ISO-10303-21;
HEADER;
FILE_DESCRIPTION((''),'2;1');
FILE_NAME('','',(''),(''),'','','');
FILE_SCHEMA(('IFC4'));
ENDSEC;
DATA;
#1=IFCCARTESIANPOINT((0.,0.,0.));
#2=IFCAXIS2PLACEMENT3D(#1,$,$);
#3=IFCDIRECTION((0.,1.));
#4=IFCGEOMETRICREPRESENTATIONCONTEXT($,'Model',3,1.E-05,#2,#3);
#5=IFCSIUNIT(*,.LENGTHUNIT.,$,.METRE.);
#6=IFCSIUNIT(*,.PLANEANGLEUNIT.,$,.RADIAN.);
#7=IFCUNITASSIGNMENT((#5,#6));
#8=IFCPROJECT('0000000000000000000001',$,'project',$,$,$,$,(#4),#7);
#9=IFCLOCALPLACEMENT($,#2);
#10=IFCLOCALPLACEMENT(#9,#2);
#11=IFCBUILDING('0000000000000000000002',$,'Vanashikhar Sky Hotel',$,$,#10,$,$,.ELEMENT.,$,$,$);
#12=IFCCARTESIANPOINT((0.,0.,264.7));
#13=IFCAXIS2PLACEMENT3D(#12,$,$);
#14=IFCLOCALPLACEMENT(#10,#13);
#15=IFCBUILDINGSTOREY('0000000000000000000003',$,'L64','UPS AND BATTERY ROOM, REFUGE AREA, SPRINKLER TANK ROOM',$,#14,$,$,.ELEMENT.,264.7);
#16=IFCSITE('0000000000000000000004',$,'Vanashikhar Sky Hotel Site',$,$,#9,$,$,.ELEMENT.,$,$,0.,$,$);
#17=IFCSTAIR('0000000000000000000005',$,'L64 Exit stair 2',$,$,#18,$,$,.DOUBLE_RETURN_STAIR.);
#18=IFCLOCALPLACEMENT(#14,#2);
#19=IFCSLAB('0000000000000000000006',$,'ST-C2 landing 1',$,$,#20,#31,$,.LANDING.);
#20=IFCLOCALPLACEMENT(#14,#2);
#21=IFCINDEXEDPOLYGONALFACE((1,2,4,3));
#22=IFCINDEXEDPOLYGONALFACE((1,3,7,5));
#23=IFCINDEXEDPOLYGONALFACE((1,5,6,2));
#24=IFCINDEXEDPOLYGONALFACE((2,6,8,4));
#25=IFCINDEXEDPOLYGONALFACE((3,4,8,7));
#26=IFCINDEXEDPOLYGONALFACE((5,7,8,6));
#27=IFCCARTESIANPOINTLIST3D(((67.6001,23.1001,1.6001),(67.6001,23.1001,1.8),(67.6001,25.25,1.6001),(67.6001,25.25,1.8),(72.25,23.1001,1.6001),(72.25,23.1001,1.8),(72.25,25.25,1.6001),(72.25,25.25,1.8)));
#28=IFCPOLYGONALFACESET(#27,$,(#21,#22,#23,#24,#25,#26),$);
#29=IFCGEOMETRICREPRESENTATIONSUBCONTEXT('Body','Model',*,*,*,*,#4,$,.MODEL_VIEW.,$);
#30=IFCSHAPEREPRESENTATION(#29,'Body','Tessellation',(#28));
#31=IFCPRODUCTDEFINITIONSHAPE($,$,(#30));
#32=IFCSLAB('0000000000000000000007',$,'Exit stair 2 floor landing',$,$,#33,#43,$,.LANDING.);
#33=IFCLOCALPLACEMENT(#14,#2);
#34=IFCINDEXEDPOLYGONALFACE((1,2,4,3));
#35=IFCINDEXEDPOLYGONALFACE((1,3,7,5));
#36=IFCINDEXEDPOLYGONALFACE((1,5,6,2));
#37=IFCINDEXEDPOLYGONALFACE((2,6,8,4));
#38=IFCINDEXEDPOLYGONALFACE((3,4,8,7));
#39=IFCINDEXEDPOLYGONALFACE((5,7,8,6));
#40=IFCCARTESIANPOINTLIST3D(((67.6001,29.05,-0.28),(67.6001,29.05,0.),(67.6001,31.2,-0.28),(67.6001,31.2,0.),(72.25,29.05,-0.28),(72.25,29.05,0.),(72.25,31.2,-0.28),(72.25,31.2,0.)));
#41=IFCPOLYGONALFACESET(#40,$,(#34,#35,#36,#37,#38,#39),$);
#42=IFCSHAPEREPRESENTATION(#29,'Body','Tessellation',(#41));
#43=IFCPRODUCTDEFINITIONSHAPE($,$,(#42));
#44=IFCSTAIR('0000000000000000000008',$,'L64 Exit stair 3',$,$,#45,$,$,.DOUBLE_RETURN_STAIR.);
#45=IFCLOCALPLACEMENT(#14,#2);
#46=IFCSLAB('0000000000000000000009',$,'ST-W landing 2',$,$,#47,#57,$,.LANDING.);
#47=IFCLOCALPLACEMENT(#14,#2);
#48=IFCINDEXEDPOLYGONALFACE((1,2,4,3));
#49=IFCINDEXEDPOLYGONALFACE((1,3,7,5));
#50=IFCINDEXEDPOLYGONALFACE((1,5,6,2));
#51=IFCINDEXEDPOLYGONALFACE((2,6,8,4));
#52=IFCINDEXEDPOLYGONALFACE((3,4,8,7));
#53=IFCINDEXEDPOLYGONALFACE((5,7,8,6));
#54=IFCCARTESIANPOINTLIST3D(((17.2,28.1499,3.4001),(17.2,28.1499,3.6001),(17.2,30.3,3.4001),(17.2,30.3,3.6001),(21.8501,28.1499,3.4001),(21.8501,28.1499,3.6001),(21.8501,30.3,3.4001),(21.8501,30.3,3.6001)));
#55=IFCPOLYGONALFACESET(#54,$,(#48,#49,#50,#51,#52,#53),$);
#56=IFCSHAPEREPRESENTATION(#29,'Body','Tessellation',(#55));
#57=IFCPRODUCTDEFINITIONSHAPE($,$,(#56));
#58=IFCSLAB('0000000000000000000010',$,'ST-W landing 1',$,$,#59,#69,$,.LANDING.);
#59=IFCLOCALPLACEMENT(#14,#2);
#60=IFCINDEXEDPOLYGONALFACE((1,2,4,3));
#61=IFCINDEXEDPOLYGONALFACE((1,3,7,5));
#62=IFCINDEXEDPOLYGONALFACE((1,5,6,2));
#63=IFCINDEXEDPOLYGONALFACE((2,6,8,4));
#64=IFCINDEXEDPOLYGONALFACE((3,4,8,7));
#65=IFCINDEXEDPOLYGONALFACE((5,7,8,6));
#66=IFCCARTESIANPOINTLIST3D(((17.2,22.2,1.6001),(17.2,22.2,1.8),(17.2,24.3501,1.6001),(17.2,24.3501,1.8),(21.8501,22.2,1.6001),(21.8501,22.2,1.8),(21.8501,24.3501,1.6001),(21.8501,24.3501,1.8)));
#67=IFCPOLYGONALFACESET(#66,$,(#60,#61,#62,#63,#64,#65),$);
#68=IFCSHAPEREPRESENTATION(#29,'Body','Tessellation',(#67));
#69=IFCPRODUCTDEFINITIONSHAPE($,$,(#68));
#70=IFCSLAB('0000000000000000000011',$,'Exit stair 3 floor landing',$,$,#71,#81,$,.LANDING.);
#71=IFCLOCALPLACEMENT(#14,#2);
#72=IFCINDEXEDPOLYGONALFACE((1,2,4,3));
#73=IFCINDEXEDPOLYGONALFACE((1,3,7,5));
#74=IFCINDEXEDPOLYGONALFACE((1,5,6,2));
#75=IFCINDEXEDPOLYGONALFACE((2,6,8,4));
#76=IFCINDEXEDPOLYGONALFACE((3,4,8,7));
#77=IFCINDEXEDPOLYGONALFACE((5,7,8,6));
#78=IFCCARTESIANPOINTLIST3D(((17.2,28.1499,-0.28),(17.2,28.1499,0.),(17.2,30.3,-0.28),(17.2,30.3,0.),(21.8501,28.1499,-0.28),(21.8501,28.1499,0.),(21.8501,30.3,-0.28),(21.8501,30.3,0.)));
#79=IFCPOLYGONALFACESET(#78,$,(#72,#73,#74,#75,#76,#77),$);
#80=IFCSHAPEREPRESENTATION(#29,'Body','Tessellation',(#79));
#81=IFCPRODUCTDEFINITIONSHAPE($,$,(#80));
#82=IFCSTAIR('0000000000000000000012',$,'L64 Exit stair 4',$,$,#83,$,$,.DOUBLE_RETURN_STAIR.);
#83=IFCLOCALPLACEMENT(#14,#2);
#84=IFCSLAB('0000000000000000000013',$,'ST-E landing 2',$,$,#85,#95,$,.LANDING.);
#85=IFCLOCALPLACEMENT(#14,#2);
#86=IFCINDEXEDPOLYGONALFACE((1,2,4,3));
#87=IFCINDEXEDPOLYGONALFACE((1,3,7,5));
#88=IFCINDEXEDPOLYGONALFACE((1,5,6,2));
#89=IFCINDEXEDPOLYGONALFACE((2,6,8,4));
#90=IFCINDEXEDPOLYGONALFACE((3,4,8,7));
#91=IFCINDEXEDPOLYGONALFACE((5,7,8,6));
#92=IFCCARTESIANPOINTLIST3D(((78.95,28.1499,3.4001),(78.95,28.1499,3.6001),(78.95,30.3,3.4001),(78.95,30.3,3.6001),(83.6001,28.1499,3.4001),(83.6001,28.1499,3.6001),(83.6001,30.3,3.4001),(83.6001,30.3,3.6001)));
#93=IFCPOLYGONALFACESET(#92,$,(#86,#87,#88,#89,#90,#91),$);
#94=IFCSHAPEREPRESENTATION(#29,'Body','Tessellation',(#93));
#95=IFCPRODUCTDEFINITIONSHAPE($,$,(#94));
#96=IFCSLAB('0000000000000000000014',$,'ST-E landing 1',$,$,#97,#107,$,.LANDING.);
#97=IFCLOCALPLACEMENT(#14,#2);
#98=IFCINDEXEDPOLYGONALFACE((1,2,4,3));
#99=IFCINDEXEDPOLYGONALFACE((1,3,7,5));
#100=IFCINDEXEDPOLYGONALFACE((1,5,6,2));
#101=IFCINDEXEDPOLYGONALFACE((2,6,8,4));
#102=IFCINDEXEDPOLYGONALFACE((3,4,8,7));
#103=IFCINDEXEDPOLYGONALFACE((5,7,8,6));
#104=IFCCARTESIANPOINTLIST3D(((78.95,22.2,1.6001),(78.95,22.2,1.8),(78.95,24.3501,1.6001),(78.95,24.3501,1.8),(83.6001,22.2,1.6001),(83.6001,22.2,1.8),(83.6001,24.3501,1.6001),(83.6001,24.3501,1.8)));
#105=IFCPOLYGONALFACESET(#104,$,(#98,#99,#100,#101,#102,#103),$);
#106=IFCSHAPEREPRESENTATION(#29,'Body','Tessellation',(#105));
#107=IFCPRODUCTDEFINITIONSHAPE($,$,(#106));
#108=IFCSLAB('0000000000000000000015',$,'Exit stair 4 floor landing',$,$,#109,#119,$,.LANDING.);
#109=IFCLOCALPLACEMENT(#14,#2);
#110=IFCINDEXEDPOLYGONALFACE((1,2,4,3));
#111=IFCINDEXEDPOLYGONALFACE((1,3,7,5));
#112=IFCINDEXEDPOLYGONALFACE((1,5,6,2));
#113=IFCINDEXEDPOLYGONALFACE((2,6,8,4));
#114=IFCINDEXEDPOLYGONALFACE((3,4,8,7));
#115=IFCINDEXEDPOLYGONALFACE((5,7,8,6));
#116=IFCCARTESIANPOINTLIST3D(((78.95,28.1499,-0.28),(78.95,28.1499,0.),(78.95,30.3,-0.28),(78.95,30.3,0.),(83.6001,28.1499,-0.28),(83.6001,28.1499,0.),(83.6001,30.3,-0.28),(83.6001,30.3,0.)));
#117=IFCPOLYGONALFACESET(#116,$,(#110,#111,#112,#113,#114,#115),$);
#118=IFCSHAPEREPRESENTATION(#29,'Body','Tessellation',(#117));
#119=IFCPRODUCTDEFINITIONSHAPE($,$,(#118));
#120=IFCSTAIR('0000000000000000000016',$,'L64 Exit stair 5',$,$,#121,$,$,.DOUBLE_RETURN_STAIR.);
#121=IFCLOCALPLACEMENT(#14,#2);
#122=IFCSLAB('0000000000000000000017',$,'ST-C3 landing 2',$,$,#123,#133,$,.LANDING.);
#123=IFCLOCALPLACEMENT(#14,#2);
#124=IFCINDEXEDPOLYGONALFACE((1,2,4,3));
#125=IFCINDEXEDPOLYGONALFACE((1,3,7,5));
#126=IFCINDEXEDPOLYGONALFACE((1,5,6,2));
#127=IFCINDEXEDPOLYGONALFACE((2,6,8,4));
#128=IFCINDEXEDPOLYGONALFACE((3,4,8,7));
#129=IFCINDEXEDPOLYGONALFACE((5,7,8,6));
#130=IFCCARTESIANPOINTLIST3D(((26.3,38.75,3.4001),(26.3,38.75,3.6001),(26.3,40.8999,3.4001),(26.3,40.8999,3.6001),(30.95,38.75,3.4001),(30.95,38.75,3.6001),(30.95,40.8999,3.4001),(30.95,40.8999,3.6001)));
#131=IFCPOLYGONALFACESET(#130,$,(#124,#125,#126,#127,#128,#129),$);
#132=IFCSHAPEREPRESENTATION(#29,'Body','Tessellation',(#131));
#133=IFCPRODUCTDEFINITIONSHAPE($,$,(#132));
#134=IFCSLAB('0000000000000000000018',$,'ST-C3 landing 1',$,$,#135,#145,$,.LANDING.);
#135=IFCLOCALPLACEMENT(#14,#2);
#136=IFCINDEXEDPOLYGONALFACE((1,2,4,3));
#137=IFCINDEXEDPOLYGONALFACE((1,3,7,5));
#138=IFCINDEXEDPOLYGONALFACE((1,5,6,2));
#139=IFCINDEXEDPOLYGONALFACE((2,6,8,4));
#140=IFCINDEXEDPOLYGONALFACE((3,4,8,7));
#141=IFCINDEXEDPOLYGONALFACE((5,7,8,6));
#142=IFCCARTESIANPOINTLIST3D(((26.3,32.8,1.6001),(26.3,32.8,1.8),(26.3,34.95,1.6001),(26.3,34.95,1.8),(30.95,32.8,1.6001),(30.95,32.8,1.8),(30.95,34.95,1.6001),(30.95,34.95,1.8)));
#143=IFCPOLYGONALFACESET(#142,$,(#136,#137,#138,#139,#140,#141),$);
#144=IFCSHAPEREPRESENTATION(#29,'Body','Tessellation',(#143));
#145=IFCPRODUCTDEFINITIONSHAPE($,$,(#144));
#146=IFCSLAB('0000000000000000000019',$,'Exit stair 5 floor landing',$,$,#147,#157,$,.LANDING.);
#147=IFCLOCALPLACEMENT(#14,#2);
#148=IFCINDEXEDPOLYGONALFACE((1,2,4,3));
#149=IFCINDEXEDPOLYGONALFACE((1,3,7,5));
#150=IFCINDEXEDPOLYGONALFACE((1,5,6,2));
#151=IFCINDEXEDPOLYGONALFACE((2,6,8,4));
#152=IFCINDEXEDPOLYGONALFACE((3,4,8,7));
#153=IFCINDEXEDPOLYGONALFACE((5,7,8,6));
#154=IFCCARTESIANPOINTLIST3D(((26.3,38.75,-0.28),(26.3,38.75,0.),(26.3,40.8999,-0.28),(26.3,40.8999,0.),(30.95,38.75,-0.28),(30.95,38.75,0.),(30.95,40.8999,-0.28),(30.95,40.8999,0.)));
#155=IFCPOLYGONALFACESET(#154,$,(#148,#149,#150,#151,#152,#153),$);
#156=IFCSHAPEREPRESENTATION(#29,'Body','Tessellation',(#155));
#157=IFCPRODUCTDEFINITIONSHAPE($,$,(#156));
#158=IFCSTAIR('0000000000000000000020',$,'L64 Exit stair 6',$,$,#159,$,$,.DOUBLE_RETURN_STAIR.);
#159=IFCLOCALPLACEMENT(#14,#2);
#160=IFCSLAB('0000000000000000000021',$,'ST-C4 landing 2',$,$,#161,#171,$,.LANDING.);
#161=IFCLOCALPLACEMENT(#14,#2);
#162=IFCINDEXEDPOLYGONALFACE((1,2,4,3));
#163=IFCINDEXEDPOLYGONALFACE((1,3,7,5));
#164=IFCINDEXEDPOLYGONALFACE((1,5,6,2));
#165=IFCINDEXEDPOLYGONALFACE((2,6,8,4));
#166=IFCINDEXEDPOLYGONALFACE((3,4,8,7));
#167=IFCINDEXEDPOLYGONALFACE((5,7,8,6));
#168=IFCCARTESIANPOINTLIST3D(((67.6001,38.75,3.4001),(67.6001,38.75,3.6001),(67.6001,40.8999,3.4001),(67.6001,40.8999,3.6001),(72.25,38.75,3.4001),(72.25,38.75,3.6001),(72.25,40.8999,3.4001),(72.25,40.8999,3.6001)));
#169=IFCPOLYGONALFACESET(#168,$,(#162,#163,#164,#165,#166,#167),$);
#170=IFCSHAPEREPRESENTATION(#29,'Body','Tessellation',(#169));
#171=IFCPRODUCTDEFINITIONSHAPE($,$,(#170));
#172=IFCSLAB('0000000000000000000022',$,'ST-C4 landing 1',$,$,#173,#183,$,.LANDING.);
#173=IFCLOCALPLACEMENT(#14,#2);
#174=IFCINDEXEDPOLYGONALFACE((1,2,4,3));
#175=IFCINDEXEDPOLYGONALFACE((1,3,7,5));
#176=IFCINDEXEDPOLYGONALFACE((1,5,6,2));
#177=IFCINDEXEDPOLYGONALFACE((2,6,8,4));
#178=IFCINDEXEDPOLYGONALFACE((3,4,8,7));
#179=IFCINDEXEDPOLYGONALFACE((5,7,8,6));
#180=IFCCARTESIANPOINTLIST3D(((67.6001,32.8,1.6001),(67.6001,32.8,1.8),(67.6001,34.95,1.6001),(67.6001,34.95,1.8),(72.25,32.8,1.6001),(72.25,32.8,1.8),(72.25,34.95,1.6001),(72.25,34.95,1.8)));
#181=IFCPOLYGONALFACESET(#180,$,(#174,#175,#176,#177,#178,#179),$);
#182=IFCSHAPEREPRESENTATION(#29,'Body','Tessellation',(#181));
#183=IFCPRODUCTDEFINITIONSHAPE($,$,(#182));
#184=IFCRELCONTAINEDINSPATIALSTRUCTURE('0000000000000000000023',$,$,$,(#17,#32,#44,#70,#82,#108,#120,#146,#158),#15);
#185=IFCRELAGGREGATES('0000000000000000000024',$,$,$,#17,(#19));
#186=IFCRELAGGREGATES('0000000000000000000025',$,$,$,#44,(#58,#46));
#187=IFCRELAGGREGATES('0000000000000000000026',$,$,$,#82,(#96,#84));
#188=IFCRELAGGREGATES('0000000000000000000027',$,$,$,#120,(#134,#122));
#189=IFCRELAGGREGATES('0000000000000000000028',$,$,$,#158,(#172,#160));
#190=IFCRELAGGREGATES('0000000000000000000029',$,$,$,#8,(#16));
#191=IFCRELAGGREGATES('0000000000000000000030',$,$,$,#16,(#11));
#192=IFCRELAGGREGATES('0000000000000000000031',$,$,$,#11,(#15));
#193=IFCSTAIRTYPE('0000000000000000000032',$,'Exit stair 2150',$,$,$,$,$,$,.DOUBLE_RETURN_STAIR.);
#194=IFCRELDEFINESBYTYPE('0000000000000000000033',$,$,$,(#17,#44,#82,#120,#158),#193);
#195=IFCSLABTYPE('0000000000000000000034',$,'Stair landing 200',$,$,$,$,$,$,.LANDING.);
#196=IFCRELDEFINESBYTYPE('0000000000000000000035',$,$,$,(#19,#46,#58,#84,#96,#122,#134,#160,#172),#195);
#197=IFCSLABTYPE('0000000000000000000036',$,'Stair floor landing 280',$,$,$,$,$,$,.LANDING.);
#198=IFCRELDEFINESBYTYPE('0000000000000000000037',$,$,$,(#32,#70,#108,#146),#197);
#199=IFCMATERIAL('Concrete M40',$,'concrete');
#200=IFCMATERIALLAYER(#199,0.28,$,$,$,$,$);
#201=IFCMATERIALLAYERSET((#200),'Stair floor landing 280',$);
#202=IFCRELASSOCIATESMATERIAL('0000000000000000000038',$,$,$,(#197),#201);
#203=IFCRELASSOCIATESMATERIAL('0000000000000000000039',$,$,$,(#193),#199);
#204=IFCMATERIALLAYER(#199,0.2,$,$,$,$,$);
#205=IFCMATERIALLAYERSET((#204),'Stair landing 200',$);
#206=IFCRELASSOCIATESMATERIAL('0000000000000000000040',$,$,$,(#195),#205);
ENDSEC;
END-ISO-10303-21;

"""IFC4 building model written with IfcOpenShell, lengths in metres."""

from ifc_helpers import new_model, si_unit, direction, frame, origin, place, context, subcontext, project, spatial, polyline, outline, extrude, source, transform, mapped, material, layer, layer_set, type_object, element, aggregate, save


model = new_model("IFC4")

# Units and contexts
model_context = context("Model", 3, precision=1e-05, world=origin(), true_north=direction((0.0, 1.0)))
body_context = subcontext(model_context, "Body", "Model", "MODEL_VIEW")
ifc_project = project(units=[si_unit("LENGTHUNIT", "METRE"), si_unit("PLANEANGLEUNIT", "RADIAN")], contexts=[model_context])

# Site, building, storey
site_placement = place(None, origin())
site = spatial("IfcSite", under=ifc_project, at=site_placement, Name="Vanashikhar Sky Hotel Site", CompositionType="ELEMENT", RefElevation=0.0)
building_placement = place(site_placement, origin())
building = spatial("IfcBuilding", under=site, at=building_placement, Name="Vanashikhar Sky Hotel", CompositionType="ELEMENT")
storey_placement = place(building_placement, frame((0.0, 0.0, 264.7)))
storey = spatial("IfcBuildingStorey", under=building, at=storey_placement, Name="L64", Description="UPS AND BATTERY ROOM, REFUGE AREA, SPRINKLER TANK ROOM", CompositionType="ELEMENT", Elevation=264.7)

# Shared definitions
ifc_material_1 = material(Name="Concrete M40", Category="concrete")
ifc_layer_1 = layer(ifc_material_1, 0.28)
ifc_layer_set_1 = layer_set([ifc_layer_1], Name="Stair floor landing 280")
slab_type_1 = type_object("IfcSlabType", Name="Stair floor landing 280", PredefinedType="LANDING", material=ifc_layer_set_1)

# Shared definitions
stair_type = type_object("IfcStairType", Name="Exit stair 2150", PredefinedType="DOUBLE_RETURN_STAIR", material=ifc_material_1)
ifc_layer_2 = layer(ifc_material_1, 0.2)
ifc_layer_set_2 = layer_set([ifc_layer_2], Name="Stair landing 200")
slab_type_2 = type_object("IfcSlabType", Name="Stair landing 200", PredefinedType="LANDING", material=ifc_layer_set_2)

# Stair, slab
stair_1_placement = place(storey_placement, origin())
stair_1 = element("IfcStair", 1, at=stair_1_placement, inside=storey, type_object=stair_type, Name="L64 Exit stair 2", PredefinedType="DOUBLE_RETURN_STAIR")
shared_shape_1 = source(origin(), body_context, "Body", "SweptSolid", [
    extrude(outline(polyline([(72.25, 23.1001), (72.25, 25.25), (67.6001, 25.25), (67.6001, 23.1001), (72.25, 23.1001)])), origin(), (0.0, 0.0, 1.0), 0.2),
])
slab_1_placement = place(storey_placement, frame((0.0, 0.0, 1.6001)))
slab_1 = element("IfcSlab", 2, at=slab_1_placement, type_object=slab_type_2, Name="ST-C2 landing 1", PredefinedType="LANDING", context=body_context, shape_type="MappedRepresentation", body=[
    mapped(shared_shape_1, transform((0.0, 0.0, 0.0), scale=1.0)),
])
aggregate(stair_1, [slab_1])

# Slab
shared_shape_2 = source(origin(), body_context, "Body", "SweptSolid", [
    extrude(outline(polyline([(72.25, 29.05), (72.25, 31.2), (67.6001, 31.2), (67.6001, 29.05), (72.25, 29.05)])), origin(), (0.0, 0.0, 1.0), 0.28),
])
slab_2_placement = place(storey_placement, frame((0.0, 0.0, -0.28)))
element("IfcSlab", 3, at=slab_2_placement, inside=storey, type_object=slab_type_1, Name="Exit stair 2 floor landing", PredefinedType="LANDING", context=body_context, shape_type="MappedRepresentation", body=[
    mapped(shared_shape_2, transform((0.0, 0.0, 0.0), scale=1.0)),
])

# Stair, slabs
stair_2_placement = place(storey_placement, origin())
stair_2 = element("IfcStair", 4, at=stair_2_placement, inside=storey, type_object=stair_type, Name="L64 Exit stair 3", PredefinedType="DOUBLE_RETURN_STAIR")
shared_shape_3 = source(origin(), body_context, "Body", "SweptSolid", [
    extrude(outline(polyline([(21.8501, 28.1499), (21.8501, 30.3), (17.2, 30.3), (17.2, 28.1499), (21.8501, 28.1499)])), origin(), (0.0, 0.0, 1.0), 0.2),
])
slab_3_placement = place(storey_placement, frame((0.0, 0.0, 3.4001)))
slab_3 = element("IfcSlab", 5, at=slab_3_placement, type_object=slab_type_2, Name="ST-W landing 2", PredefinedType="LANDING", context=body_context, shape_type="MappedRepresentation", body=[
    mapped(shared_shape_3, transform((0.0, 0.0, 0.0), scale=1.0)),
])
shared_shape_4 = source(origin(), body_context, "Body", "SweptSolid", [
    extrude(outline(polyline([(21.8501, 22.2), (21.8501, 24.3501), (17.2, 24.3501), (17.2, 22.2), (21.8501, 22.2)])), origin(), (0.0, 0.0, 1.0), 0.2),
])
slab_4_placement = place(storey_placement, frame((0.0, 0.0, 1.6001)))
slab_4 = element("IfcSlab", 6, at=slab_4_placement, type_object=slab_type_2, Name="ST-W landing 1", PredefinedType="LANDING", context=body_context, shape_type="MappedRepresentation", body=[
    mapped(shared_shape_4, transform((0.0, 0.0, 0.0), scale=1.0)),
])
aggregate(stair_2, [slab_4, slab_3])

# Slab
shared_shape_5 = source(origin(), body_context, "Body", "SweptSolid", [
    extrude(outline(polyline([(21.8501, 28.1499), (21.8501, 30.3), (17.2, 30.3), (17.2, 28.1499), (21.8501, 28.1499)])), origin(), (0.0, 0.0, 1.0), 0.28),
])
slab_5_placement = place(storey_placement, frame((0.0, 0.0, -0.28)))
element("IfcSlab", 7, at=slab_5_placement, inside=storey, type_object=slab_type_1, Name="Exit stair 3 floor landing", PredefinedType="LANDING", context=body_context, shape_type="MappedRepresentation", body=[
    mapped(shared_shape_5, transform((0.0, 0.0, 0.0), scale=1.0)),
])

# Stair, slabs
stair_3_placement = place(storey_placement, origin())
stair_3 = element("IfcStair", 8, at=stair_3_placement, inside=storey, type_object=stair_type, Name="L64 Exit stair 4", PredefinedType="DOUBLE_RETURN_STAIR")
shared_shape_6 = source(origin(), body_context, "Body", "SweptSolid", [
    extrude(outline(polyline([(83.6001, 28.1499), (83.6001, 30.3), (78.95, 30.3), (78.95, 28.1499), (83.6001, 28.1499)])), origin(), (0.0, 0.0, 1.0), 0.2),
])
slab_6_placement = place(storey_placement, frame((0.0, 0.0, 3.4001)))
slab_6 = element("IfcSlab", 9, at=slab_6_placement, type_object=slab_type_2, Name="ST-E landing 2", PredefinedType="LANDING", context=body_context, shape_type="MappedRepresentation", body=[
    mapped(shared_shape_6, transform((0.0, 0.0, 0.0), scale=1.0)),
])
shared_shape_7 = source(origin(), body_context, "Body", "SweptSolid", [
    extrude(outline(polyline([(83.6001, 22.2), (83.6001, 24.3501), (78.95, 24.3501), (78.95, 22.2), (83.6001, 22.2)])), origin(), (0.0, 0.0, 1.0), 0.2),
])
slab_7_placement = place(storey_placement, frame((0.0, 0.0, 1.6001)))
slab_7 = element("IfcSlab", 10, at=slab_7_placement, type_object=slab_type_2, Name="ST-E landing 1", PredefinedType="LANDING", context=body_context, shape_type="MappedRepresentation", body=[
    mapped(shared_shape_7, transform((0.0, 0.0, 0.0), scale=1.0)),
])
aggregate(stair_3, [slab_7, slab_6])

# Slab
shared_shape_8 = source(origin(), body_context, "Body", "SweptSolid", [
    extrude(outline(polyline([(83.6001, 28.1499), (83.6001, 30.3), (78.95, 30.3), (78.95, 28.1499), (83.6001, 28.1499)])), origin(), (0.0, 0.0, 1.0), 0.28),
])
slab_8_placement = place(storey_placement, frame((0.0, 0.0, -0.28)))
element("IfcSlab", 11, at=slab_8_placement, inside=storey, type_object=slab_type_1, Name="Exit stair 4 floor landing", PredefinedType="LANDING", context=body_context, shape_type="MappedRepresentation", body=[
    mapped(shared_shape_8, transform((0.0, 0.0, 0.0), scale=1.0)),
])

# Stair, slabs
stair_4_placement = place(storey_placement, origin())
stair_4 = element("IfcStair", 12, at=stair_4_placement, inside=storey, type_object=stair_type, Name="L64 Exit stair 5", PredefinedType="DOUBLE_RETURN_STAIR")
shared_shape_9 = source(origin(), body_context, "Body", "SweptSolid", [
    extrude(outline(polyline([(30.95, 38.75), (30.95, 40.8999), (26.3, 40.8999), (26.3, 38.75), (30.95, 38.75)])), origin(), (0.0, 0.0, 1.0), 0.2),
])
slab_9_placement = place(storey_placement, frame((0.0, 0.0, 3.4001)))
slab_9 = element("IfcSlab", 13, at=slab_9_placement, type_object=slab_type_2, Name="ST-C3 landing 2", PredefinedType="LANDING", context=body_context, shape_type="MappedRepresentation", body=[
    mapped(shared_shape_9, transform((0.0, 0.0, 0.0), scale=1.0)),
])
shared_shape_10 = source(origin(), body_context, "Body", "SweptSolid", [
    extrude(outline(polyline([(30.95, 32.8), (30.95, 34.95), (26.3, 34.95), (26.3, 32.8), (30.95, 32.8)])), origin(), (0.0, 0.0, 1.0), 0.2),
])
slab_10_placement = place(storey_placement, frame((0.0, 0.0, 1.6001)))
slab_10 = element("IfcSlab", 14, at=slab_10_placement, type_object=slab_type_2, Name="ST-C3 landing 1", PredefinedType="LANDING", context=body_context, shape_type="MappedRepresentation", body=[
    mapped(shared_shape_10, transform((0.0, 0.0, 0.0), scale=1.0)),
])
aggregate(stair_4, [slab_10, slab_9])

# Slab
shared_shape_11 = source(origin(), body_context, "Body", "SweptSolid", [
    extrude(outline(polyline([(30.95, 38.75), (30.95, 40.8999), (26.3, 40.8999), (26.3, 38.75), (30.95, 38.75)])), origin(), (0.0, 0.0, 1.0), 0.28),
])
slab_11_placement = place(storey_placement, frame((0.0, 0.0, -0.28)))
element("IfcSlab", 15, at=slab_11_placement, inside=storey, type_object=slab_type_1, Name="Exit stair 5 floor landing", PredefinedType="LANDING", context=body_context, shape_type="MappedRepresentation", body=[
    mapped(shared_shape_11, transform((0.0, 0.0, 0.0), scale=1.0)),
])

# Stair, slabs
stair_5_placement = place(storey_placement, origin())
stair_5 = element("IfcStair", 16, at=stair_5_placement, inside=storey, type_object=stair_type, Name="L64 Exit stair 6", PredefinedType="DOUBLE_RETURN_STAIR")
shared_shape_12 = source(origin(), body_context, "Body", "SweptSolid", [
    extrude(outline(polyline([(72.25, 38.75), (72.25, 40.8999), (67.6001, 40.8999), (67.6001, 38.75), (72.25, 38.75)])), origin(), (0.0, 0.0, 1.0), 0.2),
])
slab_12_placement = place(storey_placement, frame((0.0, 0.0, 3.4001)))
slab_12 = element("IfcSlab", 17, at=slab_12_placement, type_object=slab_type_2, Name="ST-C4 landing 2", PredefinedType="LANDING", context=body_context, shape_type="MappedRepresentation", body=[
    mapped(shared_shape_12, transform((0.0, 0.0, 0.0), scale=1.0)),
])
shared_shape_13 = source(origin(), body_context, "Body", "SweptSolid", [
    extrude(outline(polyline([(72.25, 32.8), (72.25, 34.95), (67.6001, 34.95), (67.6001, 32.8), (72.25, 32.8)])), origin(), (0.0, 0.0, 1.0), 0.2),
])
slab_13_placement = place(storey_placement, frame((0.0, 0.0, 1.6001)))
slab_13 = element("IfcSlab", 18, at=slab_13_placement, type_object=slab_type_2, Name="ST-C4 landing 1", PredefinedType="LANDING", context=body_context, shape_type="MappedRepresentation", body=[
    mapped(shared_shape_13, transform((0.0, 0.0, 0.0), scale=1.0)),
])
aggregate(stair_5, [slab_13, slab_12])

save(model, "model.ifc")
